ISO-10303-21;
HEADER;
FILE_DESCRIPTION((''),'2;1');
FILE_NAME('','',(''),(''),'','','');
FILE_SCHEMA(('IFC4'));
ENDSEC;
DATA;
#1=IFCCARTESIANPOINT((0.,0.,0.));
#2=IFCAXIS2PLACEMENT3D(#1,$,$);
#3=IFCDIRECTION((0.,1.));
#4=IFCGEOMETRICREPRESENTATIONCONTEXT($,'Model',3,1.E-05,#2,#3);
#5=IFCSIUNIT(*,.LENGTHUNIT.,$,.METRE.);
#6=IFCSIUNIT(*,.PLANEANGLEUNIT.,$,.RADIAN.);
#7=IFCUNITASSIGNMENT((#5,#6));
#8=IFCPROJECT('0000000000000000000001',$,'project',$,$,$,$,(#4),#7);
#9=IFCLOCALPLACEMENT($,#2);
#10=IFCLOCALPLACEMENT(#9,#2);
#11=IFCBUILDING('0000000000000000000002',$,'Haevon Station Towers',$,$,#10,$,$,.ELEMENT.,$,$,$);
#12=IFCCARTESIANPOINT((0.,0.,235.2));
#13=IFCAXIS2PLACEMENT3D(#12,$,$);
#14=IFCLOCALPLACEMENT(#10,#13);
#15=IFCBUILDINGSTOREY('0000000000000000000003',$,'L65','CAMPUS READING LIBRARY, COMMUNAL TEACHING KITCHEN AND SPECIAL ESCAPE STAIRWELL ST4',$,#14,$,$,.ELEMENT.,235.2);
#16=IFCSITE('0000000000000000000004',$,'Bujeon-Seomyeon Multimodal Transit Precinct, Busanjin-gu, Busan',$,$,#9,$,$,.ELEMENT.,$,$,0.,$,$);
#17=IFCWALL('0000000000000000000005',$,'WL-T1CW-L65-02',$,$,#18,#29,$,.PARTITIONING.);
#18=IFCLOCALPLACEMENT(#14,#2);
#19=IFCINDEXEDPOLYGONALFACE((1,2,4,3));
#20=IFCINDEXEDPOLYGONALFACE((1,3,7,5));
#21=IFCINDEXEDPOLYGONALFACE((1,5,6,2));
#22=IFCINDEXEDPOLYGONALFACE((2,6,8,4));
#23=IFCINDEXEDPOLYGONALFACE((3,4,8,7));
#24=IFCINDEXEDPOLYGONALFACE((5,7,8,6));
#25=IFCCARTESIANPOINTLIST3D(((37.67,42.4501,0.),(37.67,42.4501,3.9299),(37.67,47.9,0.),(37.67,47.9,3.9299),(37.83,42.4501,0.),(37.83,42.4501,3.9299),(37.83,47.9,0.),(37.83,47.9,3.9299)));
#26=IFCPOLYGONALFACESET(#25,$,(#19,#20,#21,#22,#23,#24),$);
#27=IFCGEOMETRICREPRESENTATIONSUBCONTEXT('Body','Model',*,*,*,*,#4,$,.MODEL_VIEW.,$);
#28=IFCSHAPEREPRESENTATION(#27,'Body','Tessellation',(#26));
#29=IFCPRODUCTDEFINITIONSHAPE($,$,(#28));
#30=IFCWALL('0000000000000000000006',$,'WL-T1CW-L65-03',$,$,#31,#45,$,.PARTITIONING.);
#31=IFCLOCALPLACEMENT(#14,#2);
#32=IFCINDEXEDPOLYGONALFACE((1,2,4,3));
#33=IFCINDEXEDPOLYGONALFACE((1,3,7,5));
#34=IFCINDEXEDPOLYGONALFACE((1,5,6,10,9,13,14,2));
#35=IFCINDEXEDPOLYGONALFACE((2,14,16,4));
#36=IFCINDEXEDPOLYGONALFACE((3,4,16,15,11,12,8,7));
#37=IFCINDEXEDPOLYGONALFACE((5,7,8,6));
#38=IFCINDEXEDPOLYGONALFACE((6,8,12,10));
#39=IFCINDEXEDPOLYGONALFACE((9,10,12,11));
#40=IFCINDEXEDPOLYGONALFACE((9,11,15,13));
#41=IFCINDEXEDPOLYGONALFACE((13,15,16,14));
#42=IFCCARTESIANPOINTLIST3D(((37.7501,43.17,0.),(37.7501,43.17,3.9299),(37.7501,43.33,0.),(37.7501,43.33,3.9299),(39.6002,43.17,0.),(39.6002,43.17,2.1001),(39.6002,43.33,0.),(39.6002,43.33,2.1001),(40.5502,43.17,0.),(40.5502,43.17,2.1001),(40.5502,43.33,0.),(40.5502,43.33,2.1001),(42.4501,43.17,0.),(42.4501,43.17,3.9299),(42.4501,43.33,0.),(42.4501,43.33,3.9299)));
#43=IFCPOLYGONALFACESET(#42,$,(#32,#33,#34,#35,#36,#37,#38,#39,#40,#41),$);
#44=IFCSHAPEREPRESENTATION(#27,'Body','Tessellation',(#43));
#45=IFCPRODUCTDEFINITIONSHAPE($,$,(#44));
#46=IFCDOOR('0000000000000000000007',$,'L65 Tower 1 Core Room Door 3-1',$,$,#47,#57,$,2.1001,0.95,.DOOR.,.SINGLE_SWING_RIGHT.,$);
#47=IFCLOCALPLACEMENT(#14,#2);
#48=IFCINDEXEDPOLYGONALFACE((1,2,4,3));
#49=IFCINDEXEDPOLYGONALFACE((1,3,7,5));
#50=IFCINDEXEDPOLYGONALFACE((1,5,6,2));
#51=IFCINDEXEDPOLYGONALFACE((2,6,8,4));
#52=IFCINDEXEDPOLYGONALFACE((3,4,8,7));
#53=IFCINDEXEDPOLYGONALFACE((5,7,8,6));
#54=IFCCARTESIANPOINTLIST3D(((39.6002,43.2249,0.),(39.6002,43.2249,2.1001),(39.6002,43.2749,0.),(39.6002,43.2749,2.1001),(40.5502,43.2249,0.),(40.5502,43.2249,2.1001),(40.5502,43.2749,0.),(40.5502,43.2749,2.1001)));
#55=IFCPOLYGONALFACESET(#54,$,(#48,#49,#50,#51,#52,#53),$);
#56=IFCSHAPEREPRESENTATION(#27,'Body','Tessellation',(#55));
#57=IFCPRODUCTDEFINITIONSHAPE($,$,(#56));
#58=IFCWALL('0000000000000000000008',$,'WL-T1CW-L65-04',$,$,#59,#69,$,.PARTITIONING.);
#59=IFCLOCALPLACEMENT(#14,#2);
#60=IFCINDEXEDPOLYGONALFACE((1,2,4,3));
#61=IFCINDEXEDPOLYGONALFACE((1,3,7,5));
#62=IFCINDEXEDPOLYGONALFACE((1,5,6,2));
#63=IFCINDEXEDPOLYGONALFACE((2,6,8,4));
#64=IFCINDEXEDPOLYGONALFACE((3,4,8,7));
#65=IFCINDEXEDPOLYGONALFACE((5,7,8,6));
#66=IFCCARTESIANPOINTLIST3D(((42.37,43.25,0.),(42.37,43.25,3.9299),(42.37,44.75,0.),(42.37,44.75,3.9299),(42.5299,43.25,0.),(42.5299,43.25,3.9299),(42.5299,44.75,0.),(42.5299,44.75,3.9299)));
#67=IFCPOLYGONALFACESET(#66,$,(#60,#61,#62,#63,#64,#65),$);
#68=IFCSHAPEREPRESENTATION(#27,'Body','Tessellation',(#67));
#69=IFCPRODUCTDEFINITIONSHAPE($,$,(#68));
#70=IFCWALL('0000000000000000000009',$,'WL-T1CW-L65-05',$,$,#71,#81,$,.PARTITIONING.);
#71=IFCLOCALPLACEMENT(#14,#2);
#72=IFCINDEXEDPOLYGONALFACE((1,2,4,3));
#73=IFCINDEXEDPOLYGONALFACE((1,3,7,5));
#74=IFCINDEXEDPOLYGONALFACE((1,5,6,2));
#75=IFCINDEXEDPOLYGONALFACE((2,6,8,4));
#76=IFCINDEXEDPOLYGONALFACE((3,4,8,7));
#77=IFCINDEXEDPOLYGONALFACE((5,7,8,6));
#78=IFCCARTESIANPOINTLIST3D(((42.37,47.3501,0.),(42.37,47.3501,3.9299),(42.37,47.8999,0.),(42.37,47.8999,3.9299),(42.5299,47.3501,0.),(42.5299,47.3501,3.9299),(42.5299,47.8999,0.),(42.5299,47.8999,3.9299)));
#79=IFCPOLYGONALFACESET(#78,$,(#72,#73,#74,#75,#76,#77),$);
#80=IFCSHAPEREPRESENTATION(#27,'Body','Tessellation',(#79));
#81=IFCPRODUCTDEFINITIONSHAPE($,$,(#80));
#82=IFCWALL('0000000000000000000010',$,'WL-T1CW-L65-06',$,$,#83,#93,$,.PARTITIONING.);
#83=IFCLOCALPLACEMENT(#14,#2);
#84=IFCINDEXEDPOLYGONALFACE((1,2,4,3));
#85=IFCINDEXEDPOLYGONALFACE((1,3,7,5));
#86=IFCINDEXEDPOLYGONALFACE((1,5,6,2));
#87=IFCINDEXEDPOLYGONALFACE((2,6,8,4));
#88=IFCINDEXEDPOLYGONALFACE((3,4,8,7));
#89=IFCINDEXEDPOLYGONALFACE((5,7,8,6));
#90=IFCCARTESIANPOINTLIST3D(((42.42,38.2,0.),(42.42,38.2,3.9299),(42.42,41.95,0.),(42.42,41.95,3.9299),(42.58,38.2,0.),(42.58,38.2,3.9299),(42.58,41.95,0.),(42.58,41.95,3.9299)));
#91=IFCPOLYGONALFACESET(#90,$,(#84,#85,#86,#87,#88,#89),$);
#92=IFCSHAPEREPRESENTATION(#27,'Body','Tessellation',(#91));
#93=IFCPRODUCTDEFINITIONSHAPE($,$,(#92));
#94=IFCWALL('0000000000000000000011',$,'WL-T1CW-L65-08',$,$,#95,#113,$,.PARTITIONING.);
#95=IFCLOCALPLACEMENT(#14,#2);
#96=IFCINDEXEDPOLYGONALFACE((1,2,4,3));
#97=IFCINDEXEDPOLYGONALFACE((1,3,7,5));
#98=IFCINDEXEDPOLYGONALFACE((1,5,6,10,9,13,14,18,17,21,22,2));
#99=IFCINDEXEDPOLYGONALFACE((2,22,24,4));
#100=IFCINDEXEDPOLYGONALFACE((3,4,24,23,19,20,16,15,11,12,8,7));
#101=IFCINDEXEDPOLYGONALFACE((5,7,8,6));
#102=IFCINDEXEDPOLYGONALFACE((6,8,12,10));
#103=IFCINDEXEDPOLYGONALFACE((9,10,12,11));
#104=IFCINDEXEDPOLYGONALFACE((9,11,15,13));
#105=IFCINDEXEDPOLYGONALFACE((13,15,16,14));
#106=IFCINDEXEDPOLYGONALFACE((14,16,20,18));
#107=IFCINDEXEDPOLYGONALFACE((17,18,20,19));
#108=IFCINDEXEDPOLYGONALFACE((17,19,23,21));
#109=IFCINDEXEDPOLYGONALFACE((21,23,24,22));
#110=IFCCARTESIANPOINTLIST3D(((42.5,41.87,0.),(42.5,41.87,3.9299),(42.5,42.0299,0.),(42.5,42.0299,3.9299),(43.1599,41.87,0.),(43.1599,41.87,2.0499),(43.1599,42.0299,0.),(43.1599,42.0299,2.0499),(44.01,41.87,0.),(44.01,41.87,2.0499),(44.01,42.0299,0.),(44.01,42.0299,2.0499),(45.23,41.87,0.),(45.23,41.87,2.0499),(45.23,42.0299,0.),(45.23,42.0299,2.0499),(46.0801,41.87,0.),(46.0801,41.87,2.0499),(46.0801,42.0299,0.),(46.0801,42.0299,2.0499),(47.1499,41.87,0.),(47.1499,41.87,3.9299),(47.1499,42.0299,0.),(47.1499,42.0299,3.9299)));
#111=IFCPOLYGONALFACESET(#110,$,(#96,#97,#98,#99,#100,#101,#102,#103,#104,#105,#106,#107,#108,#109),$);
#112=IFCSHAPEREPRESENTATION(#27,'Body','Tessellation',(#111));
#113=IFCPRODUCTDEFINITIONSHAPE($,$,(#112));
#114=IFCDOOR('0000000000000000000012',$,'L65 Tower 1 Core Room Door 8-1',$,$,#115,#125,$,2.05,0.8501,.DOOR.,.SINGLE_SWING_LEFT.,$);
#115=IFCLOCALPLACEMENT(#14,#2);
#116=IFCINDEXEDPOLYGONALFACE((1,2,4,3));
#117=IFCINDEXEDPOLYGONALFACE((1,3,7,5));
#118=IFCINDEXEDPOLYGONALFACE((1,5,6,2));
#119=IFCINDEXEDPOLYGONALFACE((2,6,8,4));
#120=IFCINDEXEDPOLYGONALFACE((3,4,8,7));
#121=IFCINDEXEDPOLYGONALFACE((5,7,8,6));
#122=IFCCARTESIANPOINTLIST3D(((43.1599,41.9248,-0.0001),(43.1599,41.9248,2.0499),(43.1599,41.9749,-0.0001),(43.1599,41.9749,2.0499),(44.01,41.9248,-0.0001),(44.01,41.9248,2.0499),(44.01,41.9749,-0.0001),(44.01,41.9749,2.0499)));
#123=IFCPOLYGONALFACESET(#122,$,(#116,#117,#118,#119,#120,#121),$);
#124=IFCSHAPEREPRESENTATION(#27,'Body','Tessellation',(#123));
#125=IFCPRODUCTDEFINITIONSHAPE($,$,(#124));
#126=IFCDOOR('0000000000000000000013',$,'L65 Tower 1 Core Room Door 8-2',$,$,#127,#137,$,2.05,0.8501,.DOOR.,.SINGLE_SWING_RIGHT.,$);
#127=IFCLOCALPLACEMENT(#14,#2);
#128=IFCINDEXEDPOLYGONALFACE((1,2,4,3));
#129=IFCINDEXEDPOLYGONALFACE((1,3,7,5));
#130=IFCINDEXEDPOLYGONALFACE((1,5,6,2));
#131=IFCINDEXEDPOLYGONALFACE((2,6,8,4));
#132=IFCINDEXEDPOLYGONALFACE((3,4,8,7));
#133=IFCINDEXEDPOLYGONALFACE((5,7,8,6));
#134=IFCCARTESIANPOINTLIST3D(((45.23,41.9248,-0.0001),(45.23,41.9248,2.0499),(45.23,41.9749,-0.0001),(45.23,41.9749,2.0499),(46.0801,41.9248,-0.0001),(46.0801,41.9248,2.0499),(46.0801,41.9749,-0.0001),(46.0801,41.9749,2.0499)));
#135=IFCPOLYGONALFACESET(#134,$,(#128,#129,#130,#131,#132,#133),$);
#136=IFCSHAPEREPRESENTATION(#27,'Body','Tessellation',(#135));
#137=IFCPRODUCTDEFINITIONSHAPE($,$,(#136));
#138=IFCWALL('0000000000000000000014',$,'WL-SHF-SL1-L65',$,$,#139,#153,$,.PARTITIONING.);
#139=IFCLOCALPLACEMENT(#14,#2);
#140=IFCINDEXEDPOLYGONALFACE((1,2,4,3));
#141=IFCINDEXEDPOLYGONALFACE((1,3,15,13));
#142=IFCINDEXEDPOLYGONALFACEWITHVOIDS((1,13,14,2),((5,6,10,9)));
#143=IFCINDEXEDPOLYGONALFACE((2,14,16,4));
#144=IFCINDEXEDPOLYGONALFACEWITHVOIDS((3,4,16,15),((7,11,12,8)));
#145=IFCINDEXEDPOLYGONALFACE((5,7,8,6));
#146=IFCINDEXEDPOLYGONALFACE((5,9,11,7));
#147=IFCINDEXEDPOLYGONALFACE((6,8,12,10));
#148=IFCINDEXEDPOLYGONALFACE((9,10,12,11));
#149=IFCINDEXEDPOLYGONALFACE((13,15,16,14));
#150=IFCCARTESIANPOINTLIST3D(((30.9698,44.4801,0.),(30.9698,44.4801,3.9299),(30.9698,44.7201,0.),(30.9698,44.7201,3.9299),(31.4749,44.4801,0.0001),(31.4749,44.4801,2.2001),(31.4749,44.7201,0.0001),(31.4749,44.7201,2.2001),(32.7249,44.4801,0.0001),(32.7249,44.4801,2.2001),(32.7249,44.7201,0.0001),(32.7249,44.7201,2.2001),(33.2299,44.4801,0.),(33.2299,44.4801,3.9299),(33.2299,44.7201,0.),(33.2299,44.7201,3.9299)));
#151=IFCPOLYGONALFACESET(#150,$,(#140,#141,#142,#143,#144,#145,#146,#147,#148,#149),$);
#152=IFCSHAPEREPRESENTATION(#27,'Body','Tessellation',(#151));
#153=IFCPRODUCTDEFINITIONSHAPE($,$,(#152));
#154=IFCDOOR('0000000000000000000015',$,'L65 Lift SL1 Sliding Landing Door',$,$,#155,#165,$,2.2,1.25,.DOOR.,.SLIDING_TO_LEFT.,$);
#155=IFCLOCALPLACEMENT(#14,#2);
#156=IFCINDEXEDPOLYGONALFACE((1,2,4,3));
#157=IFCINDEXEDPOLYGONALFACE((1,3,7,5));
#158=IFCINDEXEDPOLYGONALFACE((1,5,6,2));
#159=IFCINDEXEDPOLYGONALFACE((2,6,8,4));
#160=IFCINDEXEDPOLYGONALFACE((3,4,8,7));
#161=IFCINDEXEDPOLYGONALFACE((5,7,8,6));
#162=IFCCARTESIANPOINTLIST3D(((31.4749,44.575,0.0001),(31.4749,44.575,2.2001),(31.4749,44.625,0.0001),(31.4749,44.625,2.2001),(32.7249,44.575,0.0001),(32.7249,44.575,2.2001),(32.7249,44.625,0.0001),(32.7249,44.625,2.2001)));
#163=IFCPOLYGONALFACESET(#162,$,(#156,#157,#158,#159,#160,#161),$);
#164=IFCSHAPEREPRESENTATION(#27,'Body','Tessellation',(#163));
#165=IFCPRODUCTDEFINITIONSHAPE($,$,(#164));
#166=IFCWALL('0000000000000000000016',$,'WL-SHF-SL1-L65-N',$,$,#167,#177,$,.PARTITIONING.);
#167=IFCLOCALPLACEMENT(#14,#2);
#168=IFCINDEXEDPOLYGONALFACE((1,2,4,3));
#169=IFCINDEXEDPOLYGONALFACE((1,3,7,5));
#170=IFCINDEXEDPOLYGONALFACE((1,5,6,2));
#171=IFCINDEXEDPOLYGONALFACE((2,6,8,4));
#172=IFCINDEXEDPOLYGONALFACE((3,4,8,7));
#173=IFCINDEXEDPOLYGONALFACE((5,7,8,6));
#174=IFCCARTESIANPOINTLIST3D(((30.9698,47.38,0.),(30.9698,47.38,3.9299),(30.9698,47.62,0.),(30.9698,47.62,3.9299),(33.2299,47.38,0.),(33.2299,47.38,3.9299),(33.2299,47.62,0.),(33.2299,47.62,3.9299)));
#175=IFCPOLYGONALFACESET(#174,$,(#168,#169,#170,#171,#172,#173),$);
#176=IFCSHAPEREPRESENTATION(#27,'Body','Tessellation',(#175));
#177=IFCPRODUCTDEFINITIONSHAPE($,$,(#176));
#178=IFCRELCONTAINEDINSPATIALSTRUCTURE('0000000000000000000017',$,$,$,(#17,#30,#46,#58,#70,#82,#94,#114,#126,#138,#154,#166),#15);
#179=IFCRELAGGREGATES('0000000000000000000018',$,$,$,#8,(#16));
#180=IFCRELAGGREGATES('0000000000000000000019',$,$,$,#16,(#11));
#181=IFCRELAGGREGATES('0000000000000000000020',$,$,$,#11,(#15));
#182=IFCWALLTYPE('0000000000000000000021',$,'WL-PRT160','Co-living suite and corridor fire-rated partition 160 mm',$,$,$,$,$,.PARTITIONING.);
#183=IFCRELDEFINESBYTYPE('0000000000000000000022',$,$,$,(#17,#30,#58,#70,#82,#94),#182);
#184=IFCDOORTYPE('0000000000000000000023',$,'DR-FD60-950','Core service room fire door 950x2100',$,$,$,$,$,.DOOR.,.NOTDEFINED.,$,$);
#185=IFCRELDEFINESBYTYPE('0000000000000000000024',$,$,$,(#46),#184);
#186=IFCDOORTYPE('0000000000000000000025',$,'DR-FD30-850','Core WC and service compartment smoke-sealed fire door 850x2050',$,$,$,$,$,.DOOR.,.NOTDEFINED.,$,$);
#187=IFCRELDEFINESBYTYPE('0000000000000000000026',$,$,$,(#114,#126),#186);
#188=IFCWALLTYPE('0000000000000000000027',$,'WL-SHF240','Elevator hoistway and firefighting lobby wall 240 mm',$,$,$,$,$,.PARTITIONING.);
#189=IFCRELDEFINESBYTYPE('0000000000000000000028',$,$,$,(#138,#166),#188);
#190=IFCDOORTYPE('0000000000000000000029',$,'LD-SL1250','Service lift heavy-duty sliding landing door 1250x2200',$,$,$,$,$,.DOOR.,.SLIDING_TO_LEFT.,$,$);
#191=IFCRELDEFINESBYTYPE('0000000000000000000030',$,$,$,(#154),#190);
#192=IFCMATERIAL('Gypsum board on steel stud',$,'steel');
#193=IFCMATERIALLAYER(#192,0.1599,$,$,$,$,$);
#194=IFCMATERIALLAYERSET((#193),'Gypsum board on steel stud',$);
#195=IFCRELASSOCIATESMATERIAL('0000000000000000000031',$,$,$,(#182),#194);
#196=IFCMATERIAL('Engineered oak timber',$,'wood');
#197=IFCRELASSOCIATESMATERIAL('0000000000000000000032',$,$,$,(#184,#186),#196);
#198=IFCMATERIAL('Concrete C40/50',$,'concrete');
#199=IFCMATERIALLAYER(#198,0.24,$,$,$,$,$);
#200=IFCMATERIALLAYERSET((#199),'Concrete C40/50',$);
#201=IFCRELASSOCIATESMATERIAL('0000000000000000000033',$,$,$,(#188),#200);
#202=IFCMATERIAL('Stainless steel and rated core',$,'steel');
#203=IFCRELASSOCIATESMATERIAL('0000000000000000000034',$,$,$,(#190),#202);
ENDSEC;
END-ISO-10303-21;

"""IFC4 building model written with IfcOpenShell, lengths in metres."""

from ifc_helpers import new_model, si_unit, direction, frame, frame_2d, origin, place, context, subcontext, project, spatial, rectangle, extrude, material, layer, layer_set, type_object, element, fill, save


model = new_model("IFC4")

# Units and contexts
model_context = context("Model", 3, precision=1e-05, world=origin(), true_north=direction((0.0, 1.0)))
body_context = subcontext(model_context, "Body", "Model", "MODEL_VIEW")
ifc_project = project(units=[si_unit("LENGTHUNIT", "METRE"), si_unit("PLANEANGLEUNIT", "RADIAN")], contexts=[model_context])

# Site, building, storey
site_placement = place(None, origin())
site = spatial("IfcSite", under=ifc_project, at=site_placement, Name="Bujeon-Seomyeon Multimodal Transit Precinct, Busanjin-gu, Busan", CompositionType="ELEMENT", RefElevation=0.0)
building_placement = place(site_placement, origin())
building = spatial("IfcBuilding", under=site, at=building_placement, Name="Haevon Station Towers", CompositionType="ELEMENT")
storey_placement = place(building_placement, frame((0.0, 0.0, 235.2)))
storey = spatial("IfcBuildingStorey", under=building, at=storey_placement, Name="L65", Description="CAMPUS READING LIBRARY, COMMUNAL TEACHING KITCHEN AND SPECIAL ESCAPE STAIRWELL ST4", CompositionType="ELEMENT", Elevation=235.2)

# Shared definitions
ifc_material_1 = material(Name="Gypsum board on steel stud", Category="steel")
ifc_material_2 = material(Name="Engineered oak timber", Category="wood")

# Shared definitions
ifc_layer_1 = layer(ifc_material_1, 0.1599)
ifc_layer_set_1 = layer_set([ifc_layer_1], Name="Gypsum board on steel stud")
wall_type_1 = type_object("IfcWallType", Name="WL-PRT160", Description="Co-living suite and corridor fire-rated partition 160 mm", PredefinedType="PARTITIONING", material=ifc_layer_set_1)
door_type_1 = type_object("IfcDoorType", Name="DR-FD60-950", Description="Core service room fire door 950x2100", OperationType="NOTDEFINED", PredefinedType="DOOR", material=ifc_material_2)

# Wall
wall_1_placement = place(storey_placement, frame((37.75, 42.45, 0.0), z_axis=(0.0, 0.0, 1.0), x_axis=(0.0, 1.0, 0.0)))
element("IfcWall", 1, at=wall_1_placement, inside=storey, type_object=wall_type_1, Name="WL-T1CW-L65-02", PredefinedType="PARTITIONING", context=body_context, shape_type="SweptSolid", body=[
    extrude(rectangle(XDim=5.45, YDim=0.1599, at=frame_2d((2.7251, 0.0))), origin(), (0.0, 0.0, 1.0), 3.9299),
])

# Wall, opening, door
wall_2_placement = place(storey_placement, frame((37.75, 43.25, 0.0), z_axis=(0.0, 0.0, 1.0), x_axis=(1.0, 0.0, 0.0)))
wall_2 = element("IfcWall", 2, at=wall_2_placement, inside=storey, type_object=wall_type_1, Name="WL-T1CW-L65-03", PredefinedType="PARTITIONING", context=body_context, shape_type="SweptSolid", body=[
    extrude(rectangle(XDim=4.7, YDim=0.1599, at=frame_2d((2.3501, 0.0))), origin(), (0.0, 0.0, 1.0), 3.9299),
])
opening_1_placement = place(wall_2_placement, frame((1.8501, 0.0, 0.0)))
opening_1 = element("IfcOpeningElement", 3, at=opening_1_placement, cuts=wall_2, PredefinedType="OPENING", context=body_context, shape_type="SweptSolid", body=[
    extrude(rectangle(XDim=0.95, YDim=2.1001, at=frame_2d((0.4751, 1.05))), frame((0.0, 0.0898, 0.0), z_axis=(0.0, -1.0, 0.0), x_axis=(1.0, 0.0, 0.0)), (0.0, 0.0, 1.0), 0.1799),
])
door_1_placement = place(opening_1_placement, origin())
door_1 = element("IfcDoor", 4, at=door_1_placement, inside=storey, type_object=door_type_1, Name="L65 Tower 1 Core Room Door 3-1", OperationType="SINGLE_SWING_RIGHT", OverallHeight=2.1001, OverallWidth=0.95, PredefinedType="DOOR", context=body_context, shape_type="SweptSolid", body=[
    extrude(rectangle(XDim=0.95, YDim=2.1001, at=frame_2d((0.4751, 1.05))), frame((0.0, 0.0249, 0.0), z_axis=(0.0, -1.0, 0.0), x_axis=(1.0, 0.0, 0.0)), (0.0, 0.0, 1.0), 0.05),
])
fill(opening_1, door_1)

# Walls
wall_3_placement = place(storey_placement, frame((42.45, 43.25, 0.0), z_axis=(0.0, 0.0, 1.0), x_axis=(0.0, 1.0, 0.0)))
element("IfcWall", 5, at=wall_3_placement, inside=storey, type_object=wall_type_1, Name="WL-T1CW-L65-04", PredefinedType="PARTITIONING", context=body_context, shape_type="SweptSolid", body=[
    extrude(rectangle(XDim=1.5, YDim=0.1599, at=frame_2d((0.75, 0.0))), origin(), (0.0, 0.0, 1.0), 3.9299),
])
wall_4_placement = place(storey_placement, frame((42.45, 47.3501, 0.0), z_axis=(0.0, 0.0, 1.0), x_axis=(0.0, 1.0, 0.0)))
element("IfcWall", 6, at=wall_4_placement, inside=storey, type_object=wall_type_1, Name="WL-T1CW-L65-05", PredefinedType="PARTITIONING", context=body_context, shape_type="SweptSolid", body=[
    extrude(rectangle(XDim=0.5498, YDim=0.1599, at=frame_2d((0.2749, 0.0))), origin(), (0.0, 0.0, 1.0), 3.9299),
])
wall_5_placement = place(storey_placement, frame((42.5, 38.2, 0.0), z_axis=(0.0, 0.0, 1.0), x_axis=(0.0, 1.0, 0.0)))
element("IfcWall", 7, at=wall_5_placement, inside=storey, type_object=wall_type_1, Name="WL-T1CW-L65-06", PredefinedType="PARTITIONING", context=body_context, shape_type="SweptSolid", body=[
    extrude(rectangle(XDim=3.75, YDim=0.1599, at=frame_2d((1.875, 0.0))), origin(), (0.0, 0.0, 1.0), 3.9299),
])

# Wall, openings, doors
wall_6_placement = place(storey_placement, frame((42.5, 41.95, 0.0), z_axis=(0.0, 0.0, 1.0), x_axis=(1.0, 0.0, 0.0)))
wall_6 = element("IfcWall", 8, at=wall_6_placement, inside=storey, type_object=wall_type_1, Name="WL-T1CW-L65-08", PredefinedType="PARTITIONING", context=body_context, shape_type="SweptSolid", body=[
    extrude(rectangle(XDim=4.6499, YDim=0.1599, at=frame_2d((2.325, 0.0))), origin(), (0.0, 0.0, 1.0), 3.9299),
])
opening_2_placement = place(wall_6_placement, frame((0.6599, 0.0, 0.0)))
opening_2 = element("IfcOpeningElement", 9, at=opening_2_placement, cuts=wall_6, PredefinedType="OPENING", context=body_context, shape_type="SweptSolid", body=[
    extrude(rectangle(XDim=0.8501, YDim=2.05, at=frame_2d((0.425, 1.0249))), frame((0.0, 0.0898, 0.0), z_axis=(0.0, -1.0, 0.0), x_axis=(1.0, 0.0, 0.0)), (0.0, 0.0, 1.0), 0.1799),
])
opening_3_placement = place(wall_6_placement, frame((2.73, 0.0, 0.0)))
opening_3 = element("IfcOpeningElement", 10, at=opening_3_placement, cuts=wall_6, PredefinedType="OPENING", context=body_context, shape_type="SweptSolid", body=[
    extrude(rectangle(XDim=0.8501, YDim=2.05, at=frame_2d((0.425, 1.0249))), frame((0.0, 0.0898, 0.0), z_axis=(0.0, -1.0, 0.0), x_axis=(1.0, 0.0, 0.0)), (0.0, 0.0, 1.0), 0.1799),
])
door_type_2 = type_object("IfcDoorType", Name="DR-FD30-850", Description="Core WC and service compartment smoke-sealed fire door 850x2050", OperationType="NOTDEFINED", PredefinedType="DOOR", material=ifc_material_2)
door_2_placement = place(opening_2_placement, origin())
door_2 = element("IfcDoor", 11, at=door_2_placement, inside=storey, type_object=door_type_2, Name="L65 Tower 1 Core Room Door 8-1", OperationType="SINGLE_SWING_LEFT", OverallHeight=2.05, OverallWidth=0.8501, PredefinedType="DOOR", context=body_context, shape_type="SweptSolid", body=[
    extrude(rectangle(XDim=0.8501, YDim=2.05, at=frame_2d((0.425, 1.0249))), frame((0.0, 0.0249, 0.0), z_axis=(0.0, -1.0, 0.0), x_axis=(1.0, 0.0, 0.0)), (0.0, 0.0, 1.0), 0.05),
])
fill(opening_2, door_2)
door_3_placement = place(opening_3_placement, origin())
door_3 = element("IfcDoor", 12, at=door_3_placement, inside=storey, type_object=door_type_2, Name="L65 Tower 1 Core Room Door 8-2", OperationType="SINGLE_SWING_RIGHT", OverallHeight=2.05, OverallWidth=0.8501, PredefinedType="DOOR", context=body_context, shape_type="SweptSolid", body=[
    extrude(rectangle(XDim=0.8501, YDim=2.05, at=frame_2d((0.425, 1.0249))), frame((0.0, 0.0249, 0.0), z_axis=(0.0, -1.0, 0.0), x_axis=(1.0, 0.0, 0.0)), (0.0, 0.0, 1.0), 0.05),
])
fill(opening_3, door_3)

# Wall, opening, door
ifc_material_3 = material(Name="Concrete C40/50", Category="concrete")
ifc_layer_2 = layer(ifc_material_3, 0.24)
ifc_layer_set_2 = layer_set([ifc_layer_2], Name="Concrete C40/50")
wall_type_2 = type_object("IfcWallType", Name="WL-SHF240", Description="Elevator hoistway and firefighting lobby wall 240 mm", PredefinedType="PARTITIONING", material=ifc_layer_set_2)
wall_7_placement = place(storey_placement, frame((30.97, 44.6001, 0.0), z_axis=(0.0, 0.0, 1.0), x_axis=(1.0, 0.0, 0.0)))
wall_7 = element("IfcWall", 13, at=wall_7_placement, inside=storey, type_object=wall_type_2, Name="WL-SHF-SL1-L65", PredefinedType="PARTITIONING", context=body_context, shape_type="SweptSolid", body=[
    extrude(rectangle(XDim=2.26, YDim=0.24, at=frame_2d((1.1299, 0.0))), origin(), (0.0, 0.0, 1.0), 3.9299),
])
opening_4_placement = place(wall_7_placement, frame((0.5049, 0.0, 0.0)))
opening_4 = element("IfcOpeningElement", 14, at=opening_4_placement, cuts=wall_7, PredefinedType="OPENING", context=body_context, shape_type="SweptSolid", body=[
    extrude(rectangle(XDim=1.25, YDim=2.2, at=frame_2d((0.625, 1.1001))), frame((0.0, 0.1299, 0.0), z_axis=(0.0, -1.0, 0.0), x_axis=(1.0, 0.0, 0.0)), (0.0, 0.0, 1.0), 0.26),
])
ifc_material_4 = material(Name="Stainless steel and rated core", Category="steel")
door_type_3 = type_object("IfcDoorType", Name="LD-SL1250", Description="Service lift heavy-duty sliding landing door 1250x2200", OperationType="SLIDING_TO_LEFT", PredefinedType="DOOR", material=ifc_material_4)
door_4_placement = place(opening_4_placement, origin())
door_4 = element("IfcDoor", 15, at=door_4_placement, inside=storey, type_object=door_type_3, Name="L65 Lift SL1 Sliding Landing Door", OperationType="SLIDING_TO_LEFT", OverallHeight=2.2, OverallWidth=1.25, PredefinedType="DOOR", context=body_context, shape_type="SweptSolid", body=[
    extrude(rectangle(XDim=1.25, YDim=2.2, at=frame_2d((0.625, 1.1001))), frame((0.0, 0.0249, 0.0), z_axis=(0.0, -1.0, 0.0), x_axis=(1.0, 0.0, 0.0)), (0.0, 0.0, 1.0), 0.05),
])
fill(opening_4, door_4)

# Wall
wall_8_placement = place(storey_placement, frame((30.97, 47.5, 0.0), z_axis=(0.0, 0.0, 1.0), x_axis=(1.0, 0.0, 0.0)))
element("IfcWall", 16, at=wall_8_placement, inside=storey, type_object=wall_type_2, Name="WL-SHF-SL1-L65-N", PredefinedType="PARTITIONING", context=body_context, shape_type="SweptSolid", body=[
    extrude(rectangle(XDim=2.26, YDim=0.24, at=frame_2d((1.1299, 0.0))), origin(), (0.0, 0.0, 1.0), 3.9299),
])

save(model, "model.ifc")
